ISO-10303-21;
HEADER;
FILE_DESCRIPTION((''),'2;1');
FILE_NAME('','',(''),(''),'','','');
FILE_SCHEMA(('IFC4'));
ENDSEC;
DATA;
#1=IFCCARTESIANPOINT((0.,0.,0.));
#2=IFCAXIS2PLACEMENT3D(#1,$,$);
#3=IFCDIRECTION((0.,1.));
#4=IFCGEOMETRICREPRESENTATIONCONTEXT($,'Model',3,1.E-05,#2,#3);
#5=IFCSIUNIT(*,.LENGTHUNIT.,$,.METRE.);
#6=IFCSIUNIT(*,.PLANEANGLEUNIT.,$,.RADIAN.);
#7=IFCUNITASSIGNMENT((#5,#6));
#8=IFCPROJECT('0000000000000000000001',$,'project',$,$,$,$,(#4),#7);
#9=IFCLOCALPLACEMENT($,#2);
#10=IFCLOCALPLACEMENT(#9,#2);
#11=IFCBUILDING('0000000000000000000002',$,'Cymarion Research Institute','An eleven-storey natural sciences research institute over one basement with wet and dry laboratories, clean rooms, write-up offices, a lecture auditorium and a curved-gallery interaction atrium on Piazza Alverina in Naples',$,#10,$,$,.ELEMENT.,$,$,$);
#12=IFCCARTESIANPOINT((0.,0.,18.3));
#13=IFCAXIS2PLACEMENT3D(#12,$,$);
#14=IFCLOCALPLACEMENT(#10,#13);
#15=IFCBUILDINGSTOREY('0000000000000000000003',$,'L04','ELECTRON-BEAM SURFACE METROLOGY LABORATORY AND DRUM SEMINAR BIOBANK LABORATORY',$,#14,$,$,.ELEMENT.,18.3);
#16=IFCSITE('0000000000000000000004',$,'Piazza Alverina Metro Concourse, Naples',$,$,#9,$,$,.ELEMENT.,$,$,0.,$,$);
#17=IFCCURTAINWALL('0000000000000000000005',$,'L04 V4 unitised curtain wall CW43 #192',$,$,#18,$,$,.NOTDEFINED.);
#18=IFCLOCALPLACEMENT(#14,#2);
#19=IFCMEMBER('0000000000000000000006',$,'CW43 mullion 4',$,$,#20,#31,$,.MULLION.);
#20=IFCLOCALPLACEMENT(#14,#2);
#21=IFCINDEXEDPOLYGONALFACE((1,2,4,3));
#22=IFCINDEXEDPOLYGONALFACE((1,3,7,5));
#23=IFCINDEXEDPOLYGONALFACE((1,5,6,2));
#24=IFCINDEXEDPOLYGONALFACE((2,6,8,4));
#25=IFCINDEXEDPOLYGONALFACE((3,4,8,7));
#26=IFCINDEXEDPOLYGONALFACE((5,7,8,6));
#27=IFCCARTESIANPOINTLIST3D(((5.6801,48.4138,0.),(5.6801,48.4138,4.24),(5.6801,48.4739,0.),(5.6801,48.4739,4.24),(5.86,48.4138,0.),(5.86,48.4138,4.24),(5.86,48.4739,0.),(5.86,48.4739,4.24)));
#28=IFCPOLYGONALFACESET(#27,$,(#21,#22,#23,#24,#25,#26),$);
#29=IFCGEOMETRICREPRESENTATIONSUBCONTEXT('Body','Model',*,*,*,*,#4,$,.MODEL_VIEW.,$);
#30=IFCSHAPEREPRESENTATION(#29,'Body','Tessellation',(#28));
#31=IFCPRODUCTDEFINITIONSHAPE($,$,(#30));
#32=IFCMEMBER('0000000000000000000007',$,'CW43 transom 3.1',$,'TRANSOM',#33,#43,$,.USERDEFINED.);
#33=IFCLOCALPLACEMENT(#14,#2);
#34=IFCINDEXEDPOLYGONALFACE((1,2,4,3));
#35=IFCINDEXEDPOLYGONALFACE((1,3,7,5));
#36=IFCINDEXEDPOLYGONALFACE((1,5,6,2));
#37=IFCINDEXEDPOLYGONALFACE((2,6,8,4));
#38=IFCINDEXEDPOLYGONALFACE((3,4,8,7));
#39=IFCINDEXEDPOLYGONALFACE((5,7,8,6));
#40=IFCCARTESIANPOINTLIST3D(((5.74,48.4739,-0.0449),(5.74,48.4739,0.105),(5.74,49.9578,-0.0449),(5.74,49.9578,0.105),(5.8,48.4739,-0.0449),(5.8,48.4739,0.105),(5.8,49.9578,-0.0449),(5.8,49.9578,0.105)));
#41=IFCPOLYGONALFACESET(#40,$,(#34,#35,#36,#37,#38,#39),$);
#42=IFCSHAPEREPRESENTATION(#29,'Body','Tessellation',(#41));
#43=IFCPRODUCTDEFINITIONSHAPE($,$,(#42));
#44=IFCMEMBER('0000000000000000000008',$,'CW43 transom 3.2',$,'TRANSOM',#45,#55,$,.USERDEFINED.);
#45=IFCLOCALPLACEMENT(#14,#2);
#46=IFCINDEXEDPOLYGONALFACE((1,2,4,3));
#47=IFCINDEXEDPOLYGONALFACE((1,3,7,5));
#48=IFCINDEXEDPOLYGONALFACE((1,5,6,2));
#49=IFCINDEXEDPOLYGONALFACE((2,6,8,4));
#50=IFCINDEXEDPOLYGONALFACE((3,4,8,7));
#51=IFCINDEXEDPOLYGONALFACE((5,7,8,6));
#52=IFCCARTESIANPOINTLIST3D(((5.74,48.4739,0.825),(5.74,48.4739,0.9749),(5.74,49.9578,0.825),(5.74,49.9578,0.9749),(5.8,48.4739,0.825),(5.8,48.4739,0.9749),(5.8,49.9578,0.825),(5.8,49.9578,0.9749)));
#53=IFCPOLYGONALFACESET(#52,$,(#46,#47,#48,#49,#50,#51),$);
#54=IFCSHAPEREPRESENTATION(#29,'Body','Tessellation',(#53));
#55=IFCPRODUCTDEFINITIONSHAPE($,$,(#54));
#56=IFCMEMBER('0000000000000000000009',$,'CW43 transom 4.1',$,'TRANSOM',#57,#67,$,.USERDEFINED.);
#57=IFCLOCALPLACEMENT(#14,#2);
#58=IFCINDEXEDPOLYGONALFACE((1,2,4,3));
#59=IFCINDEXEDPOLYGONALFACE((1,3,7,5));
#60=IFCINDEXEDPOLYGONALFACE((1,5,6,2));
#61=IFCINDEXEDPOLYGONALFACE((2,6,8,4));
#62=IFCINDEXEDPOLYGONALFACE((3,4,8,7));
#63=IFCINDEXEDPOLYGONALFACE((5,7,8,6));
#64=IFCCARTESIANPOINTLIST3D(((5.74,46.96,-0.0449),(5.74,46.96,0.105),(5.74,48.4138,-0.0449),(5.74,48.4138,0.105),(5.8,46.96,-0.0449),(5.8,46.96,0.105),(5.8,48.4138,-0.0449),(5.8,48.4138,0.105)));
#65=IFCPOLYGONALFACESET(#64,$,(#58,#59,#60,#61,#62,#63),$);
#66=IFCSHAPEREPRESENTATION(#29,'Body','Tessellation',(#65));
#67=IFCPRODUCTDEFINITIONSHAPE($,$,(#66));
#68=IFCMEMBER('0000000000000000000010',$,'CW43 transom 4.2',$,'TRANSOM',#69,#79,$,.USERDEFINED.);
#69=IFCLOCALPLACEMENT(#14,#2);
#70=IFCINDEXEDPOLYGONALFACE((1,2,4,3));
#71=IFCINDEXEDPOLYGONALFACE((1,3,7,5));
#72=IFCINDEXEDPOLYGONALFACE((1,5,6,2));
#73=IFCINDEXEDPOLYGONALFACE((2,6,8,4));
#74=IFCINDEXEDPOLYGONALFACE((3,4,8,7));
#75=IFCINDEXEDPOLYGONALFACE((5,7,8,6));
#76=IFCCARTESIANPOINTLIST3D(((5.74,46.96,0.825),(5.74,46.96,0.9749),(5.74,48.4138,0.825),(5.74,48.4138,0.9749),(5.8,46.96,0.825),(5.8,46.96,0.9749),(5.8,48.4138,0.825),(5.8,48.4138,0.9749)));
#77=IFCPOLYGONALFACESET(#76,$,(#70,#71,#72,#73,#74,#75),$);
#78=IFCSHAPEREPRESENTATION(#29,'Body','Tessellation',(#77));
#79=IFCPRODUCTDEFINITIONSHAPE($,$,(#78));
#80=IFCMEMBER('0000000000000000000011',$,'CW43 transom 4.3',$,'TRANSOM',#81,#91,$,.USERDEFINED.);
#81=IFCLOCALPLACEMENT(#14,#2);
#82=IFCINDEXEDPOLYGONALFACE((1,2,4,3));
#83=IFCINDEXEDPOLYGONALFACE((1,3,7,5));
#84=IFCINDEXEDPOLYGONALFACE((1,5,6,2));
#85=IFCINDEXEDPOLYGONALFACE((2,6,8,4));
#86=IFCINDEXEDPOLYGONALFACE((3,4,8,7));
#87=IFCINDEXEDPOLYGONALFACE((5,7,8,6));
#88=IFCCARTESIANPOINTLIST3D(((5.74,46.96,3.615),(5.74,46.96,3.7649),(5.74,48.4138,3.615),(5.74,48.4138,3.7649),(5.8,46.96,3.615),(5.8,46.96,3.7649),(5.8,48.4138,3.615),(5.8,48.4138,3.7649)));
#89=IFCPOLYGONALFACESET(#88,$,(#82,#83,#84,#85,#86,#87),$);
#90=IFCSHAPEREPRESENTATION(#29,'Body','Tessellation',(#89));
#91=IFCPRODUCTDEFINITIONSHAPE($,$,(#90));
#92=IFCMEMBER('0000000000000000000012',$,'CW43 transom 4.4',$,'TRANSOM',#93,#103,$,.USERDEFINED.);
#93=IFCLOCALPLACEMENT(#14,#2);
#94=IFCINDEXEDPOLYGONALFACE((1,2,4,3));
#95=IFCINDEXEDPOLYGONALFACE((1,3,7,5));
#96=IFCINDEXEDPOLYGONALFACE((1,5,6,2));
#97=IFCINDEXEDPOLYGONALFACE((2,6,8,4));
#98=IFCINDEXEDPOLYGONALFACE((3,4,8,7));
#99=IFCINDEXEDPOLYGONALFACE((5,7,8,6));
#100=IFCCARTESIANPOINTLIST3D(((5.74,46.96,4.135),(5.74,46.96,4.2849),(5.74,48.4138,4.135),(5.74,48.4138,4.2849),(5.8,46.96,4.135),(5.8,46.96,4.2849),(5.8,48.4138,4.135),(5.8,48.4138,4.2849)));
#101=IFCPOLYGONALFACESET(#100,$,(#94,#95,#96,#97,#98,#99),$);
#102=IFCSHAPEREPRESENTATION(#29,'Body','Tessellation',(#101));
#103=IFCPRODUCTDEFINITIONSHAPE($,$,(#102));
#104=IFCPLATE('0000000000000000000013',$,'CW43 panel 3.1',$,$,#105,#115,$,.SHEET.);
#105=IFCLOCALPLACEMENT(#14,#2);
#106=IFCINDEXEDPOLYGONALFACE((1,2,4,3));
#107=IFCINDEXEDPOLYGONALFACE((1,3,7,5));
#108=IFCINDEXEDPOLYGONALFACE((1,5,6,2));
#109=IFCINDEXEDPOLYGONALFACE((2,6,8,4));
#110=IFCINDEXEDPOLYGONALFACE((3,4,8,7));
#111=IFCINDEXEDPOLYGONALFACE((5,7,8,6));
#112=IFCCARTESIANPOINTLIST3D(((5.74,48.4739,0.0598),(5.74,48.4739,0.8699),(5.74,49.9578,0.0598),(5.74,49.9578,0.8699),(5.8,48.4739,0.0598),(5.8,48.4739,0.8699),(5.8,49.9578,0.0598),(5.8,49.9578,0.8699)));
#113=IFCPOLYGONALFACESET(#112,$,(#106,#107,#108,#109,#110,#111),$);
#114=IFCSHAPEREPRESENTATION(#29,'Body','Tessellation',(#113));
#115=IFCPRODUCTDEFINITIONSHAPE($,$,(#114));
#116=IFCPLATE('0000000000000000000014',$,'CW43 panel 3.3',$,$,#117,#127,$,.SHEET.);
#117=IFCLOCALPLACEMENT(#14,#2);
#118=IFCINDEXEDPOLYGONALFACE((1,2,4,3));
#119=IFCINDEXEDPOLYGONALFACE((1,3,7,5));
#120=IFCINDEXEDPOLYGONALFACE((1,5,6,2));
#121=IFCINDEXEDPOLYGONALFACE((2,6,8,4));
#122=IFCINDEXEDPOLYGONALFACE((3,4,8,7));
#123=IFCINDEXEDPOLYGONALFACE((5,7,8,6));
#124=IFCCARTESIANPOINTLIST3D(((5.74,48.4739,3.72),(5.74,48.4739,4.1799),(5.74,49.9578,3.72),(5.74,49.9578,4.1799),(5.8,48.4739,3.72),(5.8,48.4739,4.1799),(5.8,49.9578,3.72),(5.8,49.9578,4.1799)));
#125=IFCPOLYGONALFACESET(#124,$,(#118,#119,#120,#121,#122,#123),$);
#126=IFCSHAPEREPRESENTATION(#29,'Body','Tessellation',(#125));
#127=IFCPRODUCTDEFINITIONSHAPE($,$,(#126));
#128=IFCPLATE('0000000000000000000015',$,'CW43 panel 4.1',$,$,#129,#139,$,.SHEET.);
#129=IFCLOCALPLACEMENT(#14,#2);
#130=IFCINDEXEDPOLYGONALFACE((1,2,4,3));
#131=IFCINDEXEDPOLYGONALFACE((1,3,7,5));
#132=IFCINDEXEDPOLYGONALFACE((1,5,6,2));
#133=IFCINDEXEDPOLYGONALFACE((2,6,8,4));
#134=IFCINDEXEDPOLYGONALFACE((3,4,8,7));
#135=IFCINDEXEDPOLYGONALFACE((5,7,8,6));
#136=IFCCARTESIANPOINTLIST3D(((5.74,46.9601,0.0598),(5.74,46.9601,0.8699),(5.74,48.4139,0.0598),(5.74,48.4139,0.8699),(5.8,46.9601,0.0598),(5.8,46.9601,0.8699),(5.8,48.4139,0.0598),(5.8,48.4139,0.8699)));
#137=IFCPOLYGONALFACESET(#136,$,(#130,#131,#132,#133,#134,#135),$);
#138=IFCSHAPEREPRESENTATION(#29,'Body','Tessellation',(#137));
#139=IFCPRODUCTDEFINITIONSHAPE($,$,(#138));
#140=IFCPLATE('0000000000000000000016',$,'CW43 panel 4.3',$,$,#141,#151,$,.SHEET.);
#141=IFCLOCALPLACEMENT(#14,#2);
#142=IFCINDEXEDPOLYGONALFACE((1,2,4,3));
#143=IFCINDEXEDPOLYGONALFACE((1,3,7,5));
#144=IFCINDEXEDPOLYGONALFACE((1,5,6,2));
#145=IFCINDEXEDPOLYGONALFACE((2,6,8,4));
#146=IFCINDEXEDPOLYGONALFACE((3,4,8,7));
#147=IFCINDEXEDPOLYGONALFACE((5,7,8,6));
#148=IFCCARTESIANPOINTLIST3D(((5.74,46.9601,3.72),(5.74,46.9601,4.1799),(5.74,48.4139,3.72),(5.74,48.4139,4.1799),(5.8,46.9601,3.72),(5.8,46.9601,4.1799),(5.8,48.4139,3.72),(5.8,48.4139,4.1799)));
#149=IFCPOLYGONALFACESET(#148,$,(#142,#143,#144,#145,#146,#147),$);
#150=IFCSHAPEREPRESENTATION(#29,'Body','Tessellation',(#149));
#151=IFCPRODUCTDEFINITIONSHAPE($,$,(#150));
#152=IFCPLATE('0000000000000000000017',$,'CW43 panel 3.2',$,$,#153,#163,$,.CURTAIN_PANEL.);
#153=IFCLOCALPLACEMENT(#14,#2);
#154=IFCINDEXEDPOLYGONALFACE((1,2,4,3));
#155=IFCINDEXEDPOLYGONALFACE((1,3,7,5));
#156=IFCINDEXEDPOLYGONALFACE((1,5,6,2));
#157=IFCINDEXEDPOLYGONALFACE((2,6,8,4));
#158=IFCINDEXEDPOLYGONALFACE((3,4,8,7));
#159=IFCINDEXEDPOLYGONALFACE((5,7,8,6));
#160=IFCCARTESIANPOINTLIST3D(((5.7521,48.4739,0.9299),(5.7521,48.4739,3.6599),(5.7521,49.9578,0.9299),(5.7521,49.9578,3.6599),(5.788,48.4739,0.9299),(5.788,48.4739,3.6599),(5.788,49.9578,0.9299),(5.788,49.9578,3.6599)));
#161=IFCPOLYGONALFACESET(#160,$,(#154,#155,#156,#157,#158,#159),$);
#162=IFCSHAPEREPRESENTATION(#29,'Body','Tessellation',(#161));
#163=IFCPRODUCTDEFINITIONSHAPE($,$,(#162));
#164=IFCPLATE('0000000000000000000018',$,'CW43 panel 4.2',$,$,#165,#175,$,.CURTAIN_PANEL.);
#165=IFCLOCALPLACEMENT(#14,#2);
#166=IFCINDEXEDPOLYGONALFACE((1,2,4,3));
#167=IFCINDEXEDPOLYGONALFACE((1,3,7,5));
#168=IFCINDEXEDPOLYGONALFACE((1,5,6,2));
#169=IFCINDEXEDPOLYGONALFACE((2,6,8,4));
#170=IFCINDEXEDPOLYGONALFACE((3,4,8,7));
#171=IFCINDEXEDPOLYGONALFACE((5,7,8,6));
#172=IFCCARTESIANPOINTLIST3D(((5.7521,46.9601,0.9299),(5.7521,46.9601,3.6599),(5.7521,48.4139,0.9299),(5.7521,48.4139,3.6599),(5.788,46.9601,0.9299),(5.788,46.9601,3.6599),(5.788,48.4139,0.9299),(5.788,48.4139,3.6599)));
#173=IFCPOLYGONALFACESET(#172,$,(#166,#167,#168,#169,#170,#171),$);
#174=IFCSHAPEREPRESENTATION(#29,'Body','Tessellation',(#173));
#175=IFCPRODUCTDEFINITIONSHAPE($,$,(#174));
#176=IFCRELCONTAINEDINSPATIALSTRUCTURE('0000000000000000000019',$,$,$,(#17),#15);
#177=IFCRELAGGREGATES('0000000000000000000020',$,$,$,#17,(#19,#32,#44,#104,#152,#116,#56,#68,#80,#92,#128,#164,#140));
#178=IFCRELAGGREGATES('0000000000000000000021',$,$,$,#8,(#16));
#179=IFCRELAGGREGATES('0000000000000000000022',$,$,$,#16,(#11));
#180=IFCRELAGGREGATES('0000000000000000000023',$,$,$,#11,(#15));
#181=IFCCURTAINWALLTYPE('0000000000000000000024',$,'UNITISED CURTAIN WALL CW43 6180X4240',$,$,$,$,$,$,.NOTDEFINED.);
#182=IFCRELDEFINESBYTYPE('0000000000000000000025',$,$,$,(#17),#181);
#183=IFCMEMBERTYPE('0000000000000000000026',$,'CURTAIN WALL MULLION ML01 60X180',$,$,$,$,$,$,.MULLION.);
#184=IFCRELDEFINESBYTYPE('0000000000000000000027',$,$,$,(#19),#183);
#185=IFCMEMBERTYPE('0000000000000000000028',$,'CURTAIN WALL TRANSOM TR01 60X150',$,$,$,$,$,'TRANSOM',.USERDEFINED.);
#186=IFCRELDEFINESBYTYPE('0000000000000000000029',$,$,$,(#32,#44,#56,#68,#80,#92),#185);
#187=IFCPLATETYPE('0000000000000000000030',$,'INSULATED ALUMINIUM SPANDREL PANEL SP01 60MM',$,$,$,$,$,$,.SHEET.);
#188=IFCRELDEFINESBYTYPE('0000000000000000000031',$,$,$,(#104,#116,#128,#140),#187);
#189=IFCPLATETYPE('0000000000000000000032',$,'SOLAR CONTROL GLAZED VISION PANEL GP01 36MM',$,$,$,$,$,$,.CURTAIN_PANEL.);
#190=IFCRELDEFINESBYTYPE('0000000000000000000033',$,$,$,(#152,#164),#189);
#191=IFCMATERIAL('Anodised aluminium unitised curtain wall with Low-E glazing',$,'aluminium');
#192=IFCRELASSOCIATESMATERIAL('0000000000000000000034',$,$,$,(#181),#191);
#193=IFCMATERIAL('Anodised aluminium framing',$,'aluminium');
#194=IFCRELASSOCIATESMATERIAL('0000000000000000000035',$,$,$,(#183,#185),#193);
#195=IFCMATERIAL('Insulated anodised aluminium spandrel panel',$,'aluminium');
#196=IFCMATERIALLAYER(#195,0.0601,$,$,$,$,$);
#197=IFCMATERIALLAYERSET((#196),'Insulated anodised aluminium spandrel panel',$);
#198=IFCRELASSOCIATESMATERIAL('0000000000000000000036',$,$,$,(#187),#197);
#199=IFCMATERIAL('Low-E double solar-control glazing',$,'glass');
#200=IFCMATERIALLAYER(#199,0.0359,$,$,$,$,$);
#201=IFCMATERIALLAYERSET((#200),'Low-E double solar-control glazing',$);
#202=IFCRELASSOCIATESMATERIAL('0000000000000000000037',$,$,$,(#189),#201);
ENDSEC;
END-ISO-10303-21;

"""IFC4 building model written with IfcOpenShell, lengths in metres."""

from ifc_helpers import new_model, si_unit, direction, frame, origin, origin_2d, place, context, subcontext, project, spatial, rectangle, extrude, material, layer, layer_set, material_profile, profile_set, type_object, element, aggregate, save


model = new_model("IFC4")

# Units and contexts
model_context = context("Model", 3, precision=1e-05, world=origin(), true_north=direction((0.0, 1.0)))
body_context = subcontext(model_context, "Body", "Model", "MODEL_VIEW")
ifc_project = project(units=[si_unit("LENGTHUNIT", "METRE"), si_unit("PLANEANGLEUNIT", "RADIAN")], contexts=[model_context])

# Site, building, storey
site_placement = place(None, origin())
site = spatial("IfcSite", under=ifc_project, at=site_placement, Name="Piazza Alverina Metro Concourse, Naples", CompositionType="ELEMENT", RefElevation=0.0)
building_placement = place(site_placement, origin())
building = spatial("IfcBuilding", under=site, at=building_placement, Name="Cymarion Research Institute", Description="An eleven-storey natural sciences research institute over one basement with wet and dry laboratories, clean rooms, write-up offices, a lecture auditorium and a curved-gallery interaction atrium on Piazza Alverina in Naples", CompositionType="ELEMENT")
storey_placement = place(building_placement, frame((0.0, 0.0, 18.3)))
storey = spatial("IfcBuildingStorey", under=building, at=storey_placement, Name="L04", Description="ELECTRON-BEAM SURFACE METROLOGY LABORATORY AND DRUM SEMINAR BIOBANK LABORATORY", CompositionType="ELEMENT", Elevation=18.3)

# Curtain wall, members, plates
ifc_material_1 = material(Name="Anodised aluminium unitised curtain wall with Low-E glazing", Category="aluminium")
curtain_wall_type = type_object("IfcCurtainWallType", Name="UNITISED CURTAIN WALL CW43 6180X4240", PredefinedType="NOTDEFINED", material=ifc_material_1)
curtain_wall_placement = place(storey_placement, origin())
curtain_wall = element("IfcCurtainWall", 1, at=curtain_wall_placement, inside=storey, type_object=curtain_wall_type, Name="L04 V4 unitised curtain wall CW43 #192", PredefinedType="NOTDEFINED")
ifc_material_2 = material(Name="Anodised aluminium framing", Category="aluminium")
ifc_material_profile_1 = material_profile(ifc_material_2, rectangle(XDim=0.0601, YDim=0.1799, at=origin_2d()), Name="ALU MULLION 60x180")
ifc_profile_set_1 = profile_set([ifc_material_profile_1], Name="Anodised aluminium framing")
member_type_1 = type_object("IfcMemberType", Name="CURTAIN WALL MULLION ML01 60X180", PredefinedType="MULLION", material=ifc_profile_set_1)
member_1_placement = place(storey_placement, frame((5.77, 48.4438, 0.0), z_axis=(0.0, 0.0, 1.0), x_axis=(0.0, -1.0, 0.0)))
member_1 = element("IfcMember", 2, at=member_1_placement, type_object=member_type_1, Name="CW43 mullion 4", PredefinedType="MULLION", context=body_context, shape_type="SweptSolid", body=[
    extrude(rectangle(XDim=0.0601, YDim=0.1799, at=origin_2d()), origin(), (0.0, 0.0, 1.0), 4.24),
])
ifc_material_profile_2 = material_profile(ifc_material_2, rectangle(XDim=0.0601, YDim=0.1499, at=origin_2d()), Name="ALU TRANSOM 60x150")
ifc_profile_set_2 = profile_set([ifc_material_profile_2], Name="Anodised aluminium framing")
member_type_2 = type_object("IfcMemberType", Name="CURTAIN WALL TRANSOM TR01 60X150", ElementType="TRANSOM", PredefinedType="USERDEFINED", material=ifc_profile_set_2)
member_2_placement = place(storey_placement, frame((5.77, 49.9578, 0.03), z_axis=(0.0, -1.0, 0.0), x_axis=(1.0, 0.0, 0.0)))
member_2 = element("IfcMember", 3, at=member_2_placement, type_object=member_type_2, Name="CW43 transom 3.1", ObjectType="TRANSOM", PredefinedType="USERDEFINED", context=body_context, shape_type="SweptSolid", body=[
    extrude(rectangle(XDim=0.0601, YDim=0.1499, at=origin_2d()), origin(), (0.0, 0.0, 1.0), 1.4839),
])
member_3_placement = place(storey_placement, frame((5.77, 49.9578, 0.8999), z_axis=(0.0, -1.0, 0.0), x_axis=(1.0, 0.0, 0.0)))
member_3 = element("IfcMember", 4, at=member_3_placement, type_object=member_type_2, Name="CW43 transom 3.2", ObjectType="TRANSOM", PredefinedType="USERDEFINED", context=body_context, shape_type="SweptSolid", body=[
    extrude(rectangle(XDim=0.0601, YDim=0.1499, at=origin_2d()), origin(), (0.0, 0.0, 1.0), 1.4839),
])
member_4_placement = place(storey_placement, frame((5.77, 48.4138, 0.03), z_axis=(0.0, -1.0, 0.0), x_axis=(1.0, 0.0, 0.0)))
member_4 = element("IfcMember", 5, at=member_4_placement, type_object=member_type_2, Name="CW43 transom 4.1", ObjectType="TRANSOM", PredefinedType="USERDEFINED", context=body_context, shape_type="SweptSolid", body=[
    extrude(rectangle(XDim=0.0601, YDim=0.1499, at=origin_2d()), origin(), (0.0, 0.0, 1.0), 1.4539),
])
member_5_placement = place(storey_placement, frame((5.77, 48.4138, 0.8999), z_axis=(0.0, -1.0, 0.0), x_axis=(1.0, 0.0, 0.0)))
member_5 = element("IfcMember", 6, at=member_5_placement, type_object=member_type_2, Name="CW43 transom 4.2", ObjectType="TRANSOM", PredefinedType="USERDEFINED", context=body_context, shape_type="SweptSolid", body=[
    extrude(rectangle(XDim=0.0601, YDim=0.1499, at=origin_2d()), origin(), (0.0, 0.0, 1.0), 1.4539),
])
member_6_placement = place(storey_placement, frame((5.77, 48.4138, 3.6899), z_axis=(0.0, -1.0, 0.0), x_axis=(1.0, 0.0, 0.0)))
member_6 = element("IfcMember", 7, at=member_6_placement, type_object=member_type_2, Name="CW43 transom 4.3", ObjectType="TRANSOM", PredefinedType="USERDEFINED", context=body_context, shape_type="SweptSolid", body=[
    extrude(rectangle(XDim=0.0601, YDim=0.1499, at=origin_2d()), origin(), (0.0, 0.0, 1.0), 1.4539),
])
member_7_placement = place(storey_placement, frame((5.77, 48.4138, 4.21), z_axis=(0.0, -1.0, 0.0), x_axis=(1.0, 0.0, 0.0)))
member_7 = element("IfcMember", 8, at=member_7_placement, type_object=member_type_2, Name="CW43 transom 4.4", ObjectType="TRANSOM", PredefinedType="USERDEFINED", context=body_context, shape_type="SweptSolid", body=[
    extrude(rectangle(XDim=0.0601, YDim=0.1499, at=origin_2d()), origin(), (0.0, 0.0, 1.0), 1.4539),
])
ifc_material_3 = material(Name="Insulated anodised aluminium spandrel panel", Category="aluminium")
ifc_layer_1 = layer(ifc_material_3, 0.0601)
ifc_layer_set_1 = layer_set([ifc_layer_1], Name="Insulated anodised aluminium spandrel panel")
plate_type_1 = type_object("IfcPlateType", Name="INSULATED ALUMINIUM SPANDREL PANEL SP01 60MM", PredefinedType="SHEET", material=ifc_layer_set_1)
plate_1_placement = place(storey_placement, frame((5.77, 49.2158, 0.0598), z_axis=(0.0, 0.0, 1.0), x_axis=(0.0, -1.0, 0.0)))
plate_1 = element("IfcPlate", 9, at=plate_1_placement, type_object=plate_type_1, Name="CW43 panel 3.1", PredefinedType="SHEET", context=body_context, shape_type="SweptSolid", body=[
    extrude(rectangle(XDim=1.4839, YDim=0.0601, at=origin_2d()), origin(), (0.0, 0.0, 1.0), 0.8101),
])
plate_2_placement = place(storey_placement, frame((5.77, 49.2158, 3.72), z_axis=(0.0, 0.0, 1.0), x_axis=(0.0, -1.0, 0.0)))
plate_2 = element("IfcPlate", 10, at=plate_2_placement, type_object=plate_type_1, Name="CW43 panel 3.3", PredefinedType="SHEET", context=body_context, shape_type="SweptSolid", body=[
    extrude(rectangle(XDim=1.4839, YDim=0.0601, at=origin_2d()), origin(), (0.0, 0.0, 1.0), 0.46),
])
plate_3_placement = place(storey_placement, frame((5.77, 47.687, 0.0598), z_axis=(0.0, 0.0, 1.0), x_axis=(0.0, -1.0, 0.0)))
plate_3 = element("IfcPlate", 11, at=plate_3_placement, type_object=plate_type_1, Name="CW43 panel 4.1", PredefinedType="SHEET", context=body_context, shape_type="SweptSolid", body=[
    extrude(rectangle(XDim=1.4539, YDim=0.0601, at=origin_2d()), origin(), (0.0, 0.0, 1.0), 0.8101),
])
plate_4_placement = place(storey_placement, frame((5.77, 47.687, 3.72), z_axis=(0.0, 0.0, 1.0), x_axis=(0.0, -1.0, 0.0)))
plate_4 = element("IfcPlate", 12, at=plate_4_placement, type_object=plate_type_1, Name="CW43 panel 4.3", PredefinedType="SHEET", context=body_context, shape_type="SweptSolid", body=[
    extrude(rectangle(XDim=1.4539, YDim=0.0601, at=origin_2d()), origin(), (0.0, 0.0, 1.0), 0.46),
])
ifc_material_4 = material(Name="Low-E double solar-control glazing", Category="glass")
ifc_layer_2 = layer(ifc_material_4, 0.0359)
ifc_layer_set_2 = layer_set([ifc_layer_2], Name="Low-E double solar-control glazing")
plate_type_2 = type_object("IfcPlateType", Name="SOLAR CONTROL GLAZED VISION PANEL GP01 36MM", PredefinedType="CURTAIN_PANEL", material=ifc_layer_set_2)
plate_5_placement = place(storey_placement, frame((5.77, 49.2158, 0.9299), z_axis=(0.0, 0.0, 1.0), x_axis=(0.0, -1.0, 0.0)))
plate_5 = element("IfcPlate", 13, at=plate_5_placement, type_object=plate_type_2, Name="CW43 panel 3.2", PredefinedType="CURTAIN_PANEL", context=body_context, shape_type="SweptSolid", body=[
    extrude(rectangle(XDim=1.4839, YDim=0.0359, at=origin_2d()), origin(), (0.0, 0.0, 1.0), 2.73),
])
plate_6_placement = place(storey_placement, frame((5.77, 47.687, 0.9299), z_axis=(0.0, 0.0, 1.0), x_axis=(0.0, -1.0, 0.0)))
plate_6 = element("IfcPlate", 14, at=plate_6_placement, type_object=plate_type_2, Name="CW43 panel 4.2", PredefinedType="CURTAIN_PANEL", context=body_context, shape_type="SweptSolid", body=[
    extrude(rectangle(XDim=1.4539, YDim=0.0359, at=origin_2d()), origin(), (0.0, 0.0, 1.0), 2.73),
])
aggregate(curtain_wall, [member_1, member_2, member_3, plate_1, plate_5, plate_2, member_4, member_5, member_6, member_7, plate_3, plate_6, plate_4])

save(model, "model.ifc")
